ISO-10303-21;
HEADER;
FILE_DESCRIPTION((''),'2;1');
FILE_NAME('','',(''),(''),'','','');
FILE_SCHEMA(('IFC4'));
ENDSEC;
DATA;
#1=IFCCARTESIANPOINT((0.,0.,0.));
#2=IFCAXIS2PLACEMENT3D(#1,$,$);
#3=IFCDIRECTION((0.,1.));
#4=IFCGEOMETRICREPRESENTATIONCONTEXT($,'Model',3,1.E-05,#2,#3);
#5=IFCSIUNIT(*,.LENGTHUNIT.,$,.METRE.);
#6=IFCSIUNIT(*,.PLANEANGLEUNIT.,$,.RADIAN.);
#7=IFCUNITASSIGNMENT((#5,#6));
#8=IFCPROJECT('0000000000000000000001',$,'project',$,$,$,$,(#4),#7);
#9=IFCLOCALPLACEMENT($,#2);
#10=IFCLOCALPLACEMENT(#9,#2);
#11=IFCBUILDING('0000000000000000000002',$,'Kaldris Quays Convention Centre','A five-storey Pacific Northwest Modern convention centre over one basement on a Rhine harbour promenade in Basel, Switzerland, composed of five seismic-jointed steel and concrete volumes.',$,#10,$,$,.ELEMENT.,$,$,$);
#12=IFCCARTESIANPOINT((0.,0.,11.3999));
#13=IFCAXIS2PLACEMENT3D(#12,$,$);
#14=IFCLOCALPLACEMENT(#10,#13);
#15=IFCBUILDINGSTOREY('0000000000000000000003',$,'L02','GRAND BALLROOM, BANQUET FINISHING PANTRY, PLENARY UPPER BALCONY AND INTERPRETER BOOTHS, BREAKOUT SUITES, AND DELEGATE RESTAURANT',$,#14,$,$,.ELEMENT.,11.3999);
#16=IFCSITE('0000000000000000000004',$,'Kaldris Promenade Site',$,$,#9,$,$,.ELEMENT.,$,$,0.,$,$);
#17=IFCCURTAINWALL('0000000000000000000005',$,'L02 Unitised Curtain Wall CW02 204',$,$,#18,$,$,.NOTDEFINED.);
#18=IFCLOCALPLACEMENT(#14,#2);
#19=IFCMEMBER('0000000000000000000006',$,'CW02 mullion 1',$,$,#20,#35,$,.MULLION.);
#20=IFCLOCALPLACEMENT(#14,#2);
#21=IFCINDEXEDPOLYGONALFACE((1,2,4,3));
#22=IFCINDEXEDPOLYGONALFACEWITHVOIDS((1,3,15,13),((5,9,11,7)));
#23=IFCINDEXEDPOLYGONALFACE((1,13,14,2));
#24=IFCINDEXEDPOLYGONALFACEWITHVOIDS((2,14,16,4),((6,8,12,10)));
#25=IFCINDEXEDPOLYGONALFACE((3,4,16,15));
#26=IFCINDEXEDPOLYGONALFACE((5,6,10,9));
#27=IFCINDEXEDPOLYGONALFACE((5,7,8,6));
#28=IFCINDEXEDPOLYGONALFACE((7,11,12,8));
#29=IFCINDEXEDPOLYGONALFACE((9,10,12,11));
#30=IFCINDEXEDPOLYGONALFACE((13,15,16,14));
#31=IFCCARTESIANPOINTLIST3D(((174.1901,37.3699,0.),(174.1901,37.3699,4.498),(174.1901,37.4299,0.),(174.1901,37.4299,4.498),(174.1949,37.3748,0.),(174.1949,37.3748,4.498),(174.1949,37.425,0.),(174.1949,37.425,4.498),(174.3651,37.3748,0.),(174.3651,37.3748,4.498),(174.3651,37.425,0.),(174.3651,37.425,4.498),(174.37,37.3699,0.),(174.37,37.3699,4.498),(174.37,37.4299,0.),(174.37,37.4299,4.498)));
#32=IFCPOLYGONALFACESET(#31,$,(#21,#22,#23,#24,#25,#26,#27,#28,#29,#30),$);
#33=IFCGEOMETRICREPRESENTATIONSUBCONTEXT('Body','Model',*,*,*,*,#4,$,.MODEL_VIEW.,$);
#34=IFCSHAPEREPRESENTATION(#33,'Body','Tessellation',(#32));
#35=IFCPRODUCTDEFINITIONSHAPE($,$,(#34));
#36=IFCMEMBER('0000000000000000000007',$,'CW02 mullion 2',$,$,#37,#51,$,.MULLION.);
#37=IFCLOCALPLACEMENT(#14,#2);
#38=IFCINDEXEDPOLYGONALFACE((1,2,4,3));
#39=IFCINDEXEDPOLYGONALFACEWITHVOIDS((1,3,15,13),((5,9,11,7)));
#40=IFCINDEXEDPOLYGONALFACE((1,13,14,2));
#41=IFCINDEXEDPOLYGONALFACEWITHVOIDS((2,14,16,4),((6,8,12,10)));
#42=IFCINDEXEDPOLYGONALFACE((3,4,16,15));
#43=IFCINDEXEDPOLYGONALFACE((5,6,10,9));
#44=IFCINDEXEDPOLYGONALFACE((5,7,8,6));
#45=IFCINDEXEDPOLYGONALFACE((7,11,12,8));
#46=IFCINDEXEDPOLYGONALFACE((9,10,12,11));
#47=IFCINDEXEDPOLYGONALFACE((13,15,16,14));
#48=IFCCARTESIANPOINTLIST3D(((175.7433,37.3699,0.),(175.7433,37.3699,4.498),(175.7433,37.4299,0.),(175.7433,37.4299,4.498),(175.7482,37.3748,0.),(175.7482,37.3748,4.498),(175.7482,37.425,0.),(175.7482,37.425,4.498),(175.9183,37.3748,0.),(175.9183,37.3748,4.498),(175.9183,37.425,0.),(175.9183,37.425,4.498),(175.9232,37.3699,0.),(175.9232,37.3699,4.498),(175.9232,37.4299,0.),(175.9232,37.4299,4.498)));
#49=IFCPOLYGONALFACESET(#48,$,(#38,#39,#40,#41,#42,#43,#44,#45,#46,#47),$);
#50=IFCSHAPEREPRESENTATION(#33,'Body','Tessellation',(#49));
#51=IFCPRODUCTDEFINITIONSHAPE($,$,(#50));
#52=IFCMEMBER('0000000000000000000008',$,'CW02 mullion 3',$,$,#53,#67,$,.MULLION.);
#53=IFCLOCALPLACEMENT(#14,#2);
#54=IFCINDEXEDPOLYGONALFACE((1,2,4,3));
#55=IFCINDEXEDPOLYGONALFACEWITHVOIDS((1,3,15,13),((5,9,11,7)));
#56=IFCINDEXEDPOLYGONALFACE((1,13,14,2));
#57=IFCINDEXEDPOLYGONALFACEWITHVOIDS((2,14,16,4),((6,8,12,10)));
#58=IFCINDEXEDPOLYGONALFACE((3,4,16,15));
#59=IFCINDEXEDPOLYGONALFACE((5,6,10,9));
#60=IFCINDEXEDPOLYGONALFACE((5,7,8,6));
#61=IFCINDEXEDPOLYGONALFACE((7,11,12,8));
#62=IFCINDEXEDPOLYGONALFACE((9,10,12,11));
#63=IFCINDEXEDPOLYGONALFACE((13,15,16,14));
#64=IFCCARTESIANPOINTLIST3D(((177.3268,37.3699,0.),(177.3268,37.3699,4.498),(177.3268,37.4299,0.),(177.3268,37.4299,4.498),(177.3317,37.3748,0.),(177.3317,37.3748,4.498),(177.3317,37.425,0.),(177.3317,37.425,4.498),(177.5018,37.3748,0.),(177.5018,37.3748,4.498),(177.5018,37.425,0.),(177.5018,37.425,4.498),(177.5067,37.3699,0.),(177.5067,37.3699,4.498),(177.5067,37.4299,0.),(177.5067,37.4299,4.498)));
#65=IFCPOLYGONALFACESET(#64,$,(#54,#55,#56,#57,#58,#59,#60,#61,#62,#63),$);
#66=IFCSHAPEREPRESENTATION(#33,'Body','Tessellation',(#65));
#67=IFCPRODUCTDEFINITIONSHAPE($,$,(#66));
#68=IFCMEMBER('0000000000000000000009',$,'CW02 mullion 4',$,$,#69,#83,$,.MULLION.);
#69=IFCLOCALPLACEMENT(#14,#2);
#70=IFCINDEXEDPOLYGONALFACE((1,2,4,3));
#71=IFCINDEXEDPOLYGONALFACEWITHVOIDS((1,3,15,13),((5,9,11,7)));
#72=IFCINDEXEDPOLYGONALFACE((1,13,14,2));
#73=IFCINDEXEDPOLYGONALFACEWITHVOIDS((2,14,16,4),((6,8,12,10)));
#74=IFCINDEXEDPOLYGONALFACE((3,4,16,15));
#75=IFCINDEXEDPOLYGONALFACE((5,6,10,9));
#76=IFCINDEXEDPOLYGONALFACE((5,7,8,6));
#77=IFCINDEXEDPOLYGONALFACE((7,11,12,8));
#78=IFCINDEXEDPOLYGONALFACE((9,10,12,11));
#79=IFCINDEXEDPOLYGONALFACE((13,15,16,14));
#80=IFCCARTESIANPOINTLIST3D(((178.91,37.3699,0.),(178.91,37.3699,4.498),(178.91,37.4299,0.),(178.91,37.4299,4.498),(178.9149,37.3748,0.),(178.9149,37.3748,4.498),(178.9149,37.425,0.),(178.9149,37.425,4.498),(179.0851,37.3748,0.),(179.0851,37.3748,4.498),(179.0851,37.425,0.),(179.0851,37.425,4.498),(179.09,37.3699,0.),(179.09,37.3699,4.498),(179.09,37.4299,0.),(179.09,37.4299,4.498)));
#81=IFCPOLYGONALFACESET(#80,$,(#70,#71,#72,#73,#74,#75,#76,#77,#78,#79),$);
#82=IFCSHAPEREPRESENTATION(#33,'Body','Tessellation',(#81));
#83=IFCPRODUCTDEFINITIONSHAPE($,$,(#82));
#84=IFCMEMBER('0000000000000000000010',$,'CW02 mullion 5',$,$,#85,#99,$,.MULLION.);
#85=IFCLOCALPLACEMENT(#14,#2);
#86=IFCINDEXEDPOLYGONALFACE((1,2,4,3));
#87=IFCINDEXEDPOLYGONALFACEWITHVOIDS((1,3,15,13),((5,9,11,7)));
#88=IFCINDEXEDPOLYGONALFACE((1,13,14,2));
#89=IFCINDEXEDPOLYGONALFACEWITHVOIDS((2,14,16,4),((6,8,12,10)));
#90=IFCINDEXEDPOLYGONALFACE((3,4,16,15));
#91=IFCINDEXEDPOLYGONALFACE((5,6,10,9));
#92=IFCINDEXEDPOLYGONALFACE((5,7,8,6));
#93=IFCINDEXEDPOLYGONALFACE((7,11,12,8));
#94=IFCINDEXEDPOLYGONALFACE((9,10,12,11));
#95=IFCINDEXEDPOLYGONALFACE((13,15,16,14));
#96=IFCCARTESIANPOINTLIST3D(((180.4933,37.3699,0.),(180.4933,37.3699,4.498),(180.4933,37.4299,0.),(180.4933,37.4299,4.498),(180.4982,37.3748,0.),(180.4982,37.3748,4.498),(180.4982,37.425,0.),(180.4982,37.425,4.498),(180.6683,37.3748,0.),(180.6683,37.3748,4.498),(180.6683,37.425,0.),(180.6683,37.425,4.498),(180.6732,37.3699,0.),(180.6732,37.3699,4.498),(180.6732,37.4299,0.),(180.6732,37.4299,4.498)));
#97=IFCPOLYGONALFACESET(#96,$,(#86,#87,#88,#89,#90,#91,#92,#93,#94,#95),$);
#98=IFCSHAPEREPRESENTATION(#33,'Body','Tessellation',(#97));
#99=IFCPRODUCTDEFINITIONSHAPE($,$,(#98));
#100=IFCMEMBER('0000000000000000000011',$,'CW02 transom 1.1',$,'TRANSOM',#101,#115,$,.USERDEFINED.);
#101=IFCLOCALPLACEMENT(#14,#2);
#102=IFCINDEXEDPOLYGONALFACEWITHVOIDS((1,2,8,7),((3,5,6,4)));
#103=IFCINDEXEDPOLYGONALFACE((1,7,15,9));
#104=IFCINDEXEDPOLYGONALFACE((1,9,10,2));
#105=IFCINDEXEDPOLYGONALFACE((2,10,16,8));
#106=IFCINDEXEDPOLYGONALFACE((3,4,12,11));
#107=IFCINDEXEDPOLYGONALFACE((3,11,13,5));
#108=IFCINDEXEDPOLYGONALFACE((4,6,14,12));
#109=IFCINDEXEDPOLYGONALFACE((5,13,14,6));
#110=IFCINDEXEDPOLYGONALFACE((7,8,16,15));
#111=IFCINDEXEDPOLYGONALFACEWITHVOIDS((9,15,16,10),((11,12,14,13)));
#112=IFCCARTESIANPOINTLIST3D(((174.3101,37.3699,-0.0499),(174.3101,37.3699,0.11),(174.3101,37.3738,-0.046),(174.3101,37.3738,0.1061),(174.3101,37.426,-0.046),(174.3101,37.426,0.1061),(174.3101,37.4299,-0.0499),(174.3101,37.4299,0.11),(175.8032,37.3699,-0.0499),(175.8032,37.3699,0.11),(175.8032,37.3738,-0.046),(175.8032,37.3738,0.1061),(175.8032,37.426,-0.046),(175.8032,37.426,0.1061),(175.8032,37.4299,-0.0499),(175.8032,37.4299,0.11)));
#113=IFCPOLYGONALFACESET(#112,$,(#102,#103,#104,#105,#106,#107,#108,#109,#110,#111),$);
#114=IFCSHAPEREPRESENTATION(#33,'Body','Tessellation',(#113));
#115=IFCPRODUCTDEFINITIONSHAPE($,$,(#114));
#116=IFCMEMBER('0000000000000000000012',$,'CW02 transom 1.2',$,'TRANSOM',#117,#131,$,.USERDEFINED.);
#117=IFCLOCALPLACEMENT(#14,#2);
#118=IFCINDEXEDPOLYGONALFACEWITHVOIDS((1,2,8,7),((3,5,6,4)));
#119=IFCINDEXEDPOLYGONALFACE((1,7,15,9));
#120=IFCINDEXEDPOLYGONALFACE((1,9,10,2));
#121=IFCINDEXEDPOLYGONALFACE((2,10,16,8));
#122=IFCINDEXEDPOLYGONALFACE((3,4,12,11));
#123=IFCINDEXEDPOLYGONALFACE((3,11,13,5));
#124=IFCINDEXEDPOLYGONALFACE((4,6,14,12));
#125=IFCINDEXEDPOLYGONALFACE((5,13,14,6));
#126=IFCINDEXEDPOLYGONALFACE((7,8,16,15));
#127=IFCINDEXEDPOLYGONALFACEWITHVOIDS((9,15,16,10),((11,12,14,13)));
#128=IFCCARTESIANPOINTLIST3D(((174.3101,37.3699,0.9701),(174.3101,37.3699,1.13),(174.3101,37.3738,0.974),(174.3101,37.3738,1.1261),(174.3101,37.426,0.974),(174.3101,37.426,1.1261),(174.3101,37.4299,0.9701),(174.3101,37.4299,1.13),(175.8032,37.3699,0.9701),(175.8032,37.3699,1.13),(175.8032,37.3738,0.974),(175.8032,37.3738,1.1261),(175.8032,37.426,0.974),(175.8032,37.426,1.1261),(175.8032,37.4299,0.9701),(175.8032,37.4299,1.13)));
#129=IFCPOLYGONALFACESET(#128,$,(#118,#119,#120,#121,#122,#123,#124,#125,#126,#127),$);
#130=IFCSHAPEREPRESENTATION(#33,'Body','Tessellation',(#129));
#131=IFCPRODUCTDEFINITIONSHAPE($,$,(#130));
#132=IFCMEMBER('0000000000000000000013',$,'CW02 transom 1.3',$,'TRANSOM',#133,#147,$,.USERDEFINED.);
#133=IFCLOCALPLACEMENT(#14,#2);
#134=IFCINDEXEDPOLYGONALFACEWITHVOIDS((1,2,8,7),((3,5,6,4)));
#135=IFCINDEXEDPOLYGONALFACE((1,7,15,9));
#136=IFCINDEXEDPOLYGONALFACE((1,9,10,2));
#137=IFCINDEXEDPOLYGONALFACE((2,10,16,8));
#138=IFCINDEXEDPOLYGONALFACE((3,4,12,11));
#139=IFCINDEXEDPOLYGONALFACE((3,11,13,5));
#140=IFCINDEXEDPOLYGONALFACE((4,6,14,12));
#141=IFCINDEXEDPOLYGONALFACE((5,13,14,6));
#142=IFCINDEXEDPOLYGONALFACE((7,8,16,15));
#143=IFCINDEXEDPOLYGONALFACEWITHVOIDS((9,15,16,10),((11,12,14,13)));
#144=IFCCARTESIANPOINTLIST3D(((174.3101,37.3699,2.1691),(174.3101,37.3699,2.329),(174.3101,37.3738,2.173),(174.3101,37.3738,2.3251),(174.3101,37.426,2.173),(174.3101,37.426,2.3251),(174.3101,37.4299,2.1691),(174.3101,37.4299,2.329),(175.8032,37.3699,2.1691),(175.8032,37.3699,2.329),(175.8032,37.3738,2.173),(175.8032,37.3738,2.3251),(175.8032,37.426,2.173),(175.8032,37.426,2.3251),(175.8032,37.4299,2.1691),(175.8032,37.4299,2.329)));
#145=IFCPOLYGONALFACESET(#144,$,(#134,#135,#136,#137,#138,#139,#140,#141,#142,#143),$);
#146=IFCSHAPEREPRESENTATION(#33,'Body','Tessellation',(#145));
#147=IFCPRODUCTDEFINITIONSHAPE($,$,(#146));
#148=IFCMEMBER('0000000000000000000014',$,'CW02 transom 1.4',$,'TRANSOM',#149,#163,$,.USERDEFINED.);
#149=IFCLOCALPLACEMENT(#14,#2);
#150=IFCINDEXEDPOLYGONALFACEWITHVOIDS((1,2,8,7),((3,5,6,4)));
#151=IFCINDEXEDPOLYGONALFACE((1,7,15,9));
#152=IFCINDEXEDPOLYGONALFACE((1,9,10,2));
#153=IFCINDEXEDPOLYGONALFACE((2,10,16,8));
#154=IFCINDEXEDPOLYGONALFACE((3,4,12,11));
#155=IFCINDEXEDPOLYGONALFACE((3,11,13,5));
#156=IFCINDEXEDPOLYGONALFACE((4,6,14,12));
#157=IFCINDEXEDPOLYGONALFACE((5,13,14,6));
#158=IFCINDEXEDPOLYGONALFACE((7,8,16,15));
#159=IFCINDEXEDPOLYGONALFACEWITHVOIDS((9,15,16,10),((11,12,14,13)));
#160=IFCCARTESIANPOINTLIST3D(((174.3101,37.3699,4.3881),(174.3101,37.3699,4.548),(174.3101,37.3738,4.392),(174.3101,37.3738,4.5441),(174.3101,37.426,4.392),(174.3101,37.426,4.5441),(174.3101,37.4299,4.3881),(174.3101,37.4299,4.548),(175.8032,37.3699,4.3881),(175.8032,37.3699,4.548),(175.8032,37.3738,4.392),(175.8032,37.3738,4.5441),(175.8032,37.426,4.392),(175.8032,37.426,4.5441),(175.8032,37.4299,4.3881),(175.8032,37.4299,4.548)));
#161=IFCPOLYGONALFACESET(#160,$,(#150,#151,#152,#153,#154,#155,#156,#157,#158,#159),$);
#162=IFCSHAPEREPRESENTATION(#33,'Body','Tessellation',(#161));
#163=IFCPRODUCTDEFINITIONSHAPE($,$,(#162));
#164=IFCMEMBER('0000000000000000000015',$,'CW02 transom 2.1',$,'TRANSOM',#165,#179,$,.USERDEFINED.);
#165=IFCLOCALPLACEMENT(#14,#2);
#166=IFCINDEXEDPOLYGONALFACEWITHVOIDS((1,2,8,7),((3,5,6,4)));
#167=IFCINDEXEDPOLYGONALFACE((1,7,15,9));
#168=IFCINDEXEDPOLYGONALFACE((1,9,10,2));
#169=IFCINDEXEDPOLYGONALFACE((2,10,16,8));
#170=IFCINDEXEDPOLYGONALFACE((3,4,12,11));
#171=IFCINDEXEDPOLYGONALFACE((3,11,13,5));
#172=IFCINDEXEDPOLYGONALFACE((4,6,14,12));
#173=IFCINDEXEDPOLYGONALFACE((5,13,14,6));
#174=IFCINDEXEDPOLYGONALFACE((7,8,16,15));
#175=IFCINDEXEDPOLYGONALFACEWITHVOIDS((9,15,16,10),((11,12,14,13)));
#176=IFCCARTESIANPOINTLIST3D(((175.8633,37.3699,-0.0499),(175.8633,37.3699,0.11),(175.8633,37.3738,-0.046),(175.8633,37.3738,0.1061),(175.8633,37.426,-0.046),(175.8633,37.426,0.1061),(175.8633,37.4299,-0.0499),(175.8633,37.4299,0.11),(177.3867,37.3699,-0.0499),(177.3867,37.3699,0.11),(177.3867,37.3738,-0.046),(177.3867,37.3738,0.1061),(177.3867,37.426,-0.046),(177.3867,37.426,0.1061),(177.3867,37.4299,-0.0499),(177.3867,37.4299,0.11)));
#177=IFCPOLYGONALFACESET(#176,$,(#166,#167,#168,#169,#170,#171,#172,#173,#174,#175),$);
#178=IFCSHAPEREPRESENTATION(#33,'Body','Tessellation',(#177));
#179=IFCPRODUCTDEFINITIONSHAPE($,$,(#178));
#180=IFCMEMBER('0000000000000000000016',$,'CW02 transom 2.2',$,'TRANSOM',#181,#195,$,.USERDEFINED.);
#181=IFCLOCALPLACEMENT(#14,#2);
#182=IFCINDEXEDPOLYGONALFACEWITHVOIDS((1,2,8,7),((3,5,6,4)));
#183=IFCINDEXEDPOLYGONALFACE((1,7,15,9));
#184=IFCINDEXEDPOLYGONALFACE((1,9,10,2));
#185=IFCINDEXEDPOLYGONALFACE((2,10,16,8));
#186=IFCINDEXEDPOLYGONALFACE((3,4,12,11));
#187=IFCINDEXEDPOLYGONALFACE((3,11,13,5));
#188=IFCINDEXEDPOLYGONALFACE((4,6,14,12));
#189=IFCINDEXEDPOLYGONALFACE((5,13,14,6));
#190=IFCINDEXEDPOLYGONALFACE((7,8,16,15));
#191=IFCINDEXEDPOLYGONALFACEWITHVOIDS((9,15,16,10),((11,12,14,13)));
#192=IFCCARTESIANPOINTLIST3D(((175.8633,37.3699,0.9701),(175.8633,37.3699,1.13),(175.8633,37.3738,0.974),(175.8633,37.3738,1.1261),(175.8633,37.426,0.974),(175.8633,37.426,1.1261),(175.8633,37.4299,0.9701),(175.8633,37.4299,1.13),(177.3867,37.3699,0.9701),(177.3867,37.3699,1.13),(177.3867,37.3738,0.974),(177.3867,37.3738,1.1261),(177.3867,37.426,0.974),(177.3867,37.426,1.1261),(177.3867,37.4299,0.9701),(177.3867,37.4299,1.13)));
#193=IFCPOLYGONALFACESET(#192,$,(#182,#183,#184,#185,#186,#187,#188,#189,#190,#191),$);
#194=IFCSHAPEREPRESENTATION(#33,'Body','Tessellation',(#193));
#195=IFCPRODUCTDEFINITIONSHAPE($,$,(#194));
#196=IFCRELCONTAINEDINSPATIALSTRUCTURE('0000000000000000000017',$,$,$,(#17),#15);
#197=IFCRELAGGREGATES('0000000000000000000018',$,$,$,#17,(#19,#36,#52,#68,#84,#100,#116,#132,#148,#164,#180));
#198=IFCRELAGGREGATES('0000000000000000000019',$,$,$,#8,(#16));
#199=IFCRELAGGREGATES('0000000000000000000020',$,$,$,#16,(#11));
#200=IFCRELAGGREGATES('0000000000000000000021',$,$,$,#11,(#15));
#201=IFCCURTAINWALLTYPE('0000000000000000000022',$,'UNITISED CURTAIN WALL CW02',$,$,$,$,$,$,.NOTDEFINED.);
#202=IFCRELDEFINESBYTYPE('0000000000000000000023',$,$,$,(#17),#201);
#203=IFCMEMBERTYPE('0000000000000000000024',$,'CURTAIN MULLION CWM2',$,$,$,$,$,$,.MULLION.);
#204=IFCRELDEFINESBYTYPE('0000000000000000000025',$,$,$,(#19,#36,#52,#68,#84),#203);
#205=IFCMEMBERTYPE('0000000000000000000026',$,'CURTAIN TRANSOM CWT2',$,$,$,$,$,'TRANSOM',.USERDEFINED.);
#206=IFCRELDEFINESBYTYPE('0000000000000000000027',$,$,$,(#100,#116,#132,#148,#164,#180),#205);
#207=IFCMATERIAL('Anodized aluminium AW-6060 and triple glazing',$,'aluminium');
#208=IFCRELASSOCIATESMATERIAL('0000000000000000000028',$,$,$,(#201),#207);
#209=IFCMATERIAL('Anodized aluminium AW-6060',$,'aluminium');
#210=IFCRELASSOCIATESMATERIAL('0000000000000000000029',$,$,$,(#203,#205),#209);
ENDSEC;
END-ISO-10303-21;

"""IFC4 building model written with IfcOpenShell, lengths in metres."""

from ifc_helpers import new_model, si_unit, direction, frame, origin, origin_2d, place, context, subcontext, project, spatial, hollow_rectangle, extrude, material, material_profile, profile_set, type_object, element, aggregate, save


model = new_model("IFC4")

# Units and contexts
model_context = context("Model", 3, precision=1e-05, world=origin(), true_north=direction((0.0, 1.0)))
body_context = subcontext(model_context, "Body", "Model", "MODEL_VIEW")
ifc_project = project(units=[si_unit("LENGTHUNIT", "METRE"), si_unit("PLANEANGLEUNIT", "RADIAN")], contexts=[model_context])

# Site, building, storey
site_placement = place(None, origin())
site = spatial("IfcSite", under=ifc_project, at=site_placement, Name="Kaldris Promenade Site", CompositionType="ELEMENT", RefElevation=0.0)
building_placement = place(site_placement, origin())
building = spatial("IfcBuilding", under=site, at=building_placement, Name="Kaldris Quays Convention Centre", Description="A five-storey Pacific Northwest Modern convention centre over one basement on a Rhine harbour promenade in Basel, Switzerland, composed of five seismic-jointed steel and concrete volumes.", CompositionType="ELEMENT")
storey_placement = place(building_placement, frame((0.0, 0.0, 11.3999)))
storey = spatial("IfcBuildingStorey", under=building, at=storey_placement, Name="L02", Description="GRAND BALLROOM, BANQUET FINISHING PANTRY, PLENARY UPPER BALCONY AND INTERPRETER BOOTHS, BREAKOUT SUITES, AND DELEGATE RESTAURANT", CompositionType="ELEMENT", Elevation=11.3999)

# Curtain wall, members
ifc_material_1 = material(Name="Anodized aluminium AW-6060 and triple glazing", Category="aluminium")
curtain_wall_type = type_object("IfcCurtainWallType", Name="UNITISED CURTAIN WALL CW02", PredefinedType="NOTDEFINED", material=ifc_material_1)
curtain_wall_placement = place(storey_placement, origin())
curtain_wall = element("IfcCurtainWall", 1, at=curtain_wall_placement, inside=storey, type_object=curtain_wall_type, Name="L02 Unitised Curtain Wall CW02 204", PredefinedType="NOTDEFINED")
ifc_material_2 = material(Name="Anodized aluminium AW-6060", Category="aluminium")
ifc_material_profile_1 = material_profile(ifc_material_2, hollow_rectangle(XDim=0.0601, YDim=0.1799, WallThickness=0.0049, at=origin_2d()), Name="RHS 180x60x5")
ifc_profile_set_1 = profile_set([ifc_material_profile_1], Name="Anodized aluminium AW-6060")
member_type_1 = type_object("IfcMemberType", Name="CURTAIN MULLION CWM2", PredefinedType="MULLION", material=ifc_profile_set_1)
member_1_placement = place(storey_placement, frame((174.28, 37.3999, 0.0), z_axis=(0.0, 0.0, 1.0), x_axis=(0.0, 1.0, 0.0)))
member_1 = element("IfcMember", 2, at=member_1_placement, type_object=member_type_1, Name="CW02 mullion 1", PredefinedType="MULLION", context=body_context, shape_type="SweptSolid", body=[
    extrude(hollow_rectangle(XDim=0.0601, YDim=0.1799, WallThickness=0.0049, at=origin_2d()), origin(), (0.0, 0.0, 1.0), 4.498),
])
member_2_placement = place(storey_placement, frame((175.8333, 37.3999, 0.0), z_axis=(0.0, 0.0, 1.0), x_axis=(0.0, 1.0, 0.0)))
member_2 = element("IfcMember", 3, at=member_2_placement, type_object=member_type_1, Name="CW02 mullion 2", PredefinedType="MULLION", context=body_context, shape_type="SweptSolid", body=[
    extrude(hollow_rectangle(XDim=0.0601, YDim=0.1799, WallThickness=0.0049, at=origin_2d()), origin(), (0.0, 0.0, 1.0), 4.498),
])
member_3_placement = place(storey_placement, frame((177.4167, 37.3999, 0.0), z_axis=(0.0, 0.0, 1.0), x_axis=(0.0, 1.0, 0.0)))
member_3 = element("IfcMember", 4, at=member_3_placement, type_object=member_type_1, Name="CW02 mullion 3", PredefinedType="MULLION", context=body_context, shape_type="SweptSolid", body=[
    extrude(hollow_rectangle(XDim=0.0601, YDim=0.1799, WallThickness=0.0049, at=origin_2d()), origin(), (0.0, 0.0, 1.0), 4.498),
])
member_4_placement = place(storey_placement, frame((179.0, 37.3999, 0.0), z_axis=(0.0, 0.0, 1.0), x_axis=(0.0, 1.0, 0.0)))
member_4 = element("IfcMember", 5, at=member_4_placement, type_object=member_type_1, Name="CW02 mullion 4", PredefinedType="MULLION", context=body_context, shape_type="SweptSolid", body=[
    extrude(hollow_rectangle(XDim=0.0601, YDim=0.1799, WallThickness=0.0049, at=origin_2d()), origin(), (0.0, 0.0, 1.0), 4.498),
])
member_5_placement = place(storey_placement, frame((180.5833, 37.3999, 0.0), z_axis=(0.0, 0.0, 1.0), x_axis=(0.0, 1.0, 0.0)))
member_5 = element("IfcMember", 6, at=member_5_placement, type_object=member_type_1, Name="CW02 mullion 5", PredefinedType="MULLION", context=body_context, shape_type="SweptSolid", body=[
    extrude(hollow_rectangle(XDim=0.0601, YDim=0.1799, WallThickness=0.0049, at=origin_2d()), origin(), (0.0, 0.0, 1.0), 4.498),
])
ifc_material_profile_2 = material_profile(ifc_material_2, hollow_rectangle(XDim=0.0601, YDim=0.1599, WallThickness=0.0039, at=origin_2d()), Name="RHS 160x60x4")
ifc_profile_set_2 = profile_set([ifc_material_profile_2], Name="Anodized aluminium AW-6060")
member_type_2 = type_object("IfcMemberType", Name="CURTAIN TRANSOM CWT2", ElementType="TRANSOM", PredefinedType="USERDEFINED", material=ifc_profile_set_2)
member_6_placement = place(storey_placement, frame((174.3101, 37.3999, 0.03), z_axis=(1.0, 0.0, 0.0), x_axis=(0.0, 1.0, 0.0)))
member_6 = element("IfcMember", 7, at=member_6_placement, type_object=member_type_2, Name="CW02 transom 1.1", ObjectType="TRANSOM", PredefinedType="USERDEFINED", context=body_context, shape_type="SweptSolid", body=[
    extrude(hollow_rectangle(XDim=0.0601, YDim=0.1599, WallThickness=0.0039, at=origin_2d()), origin(), (0.0, 0.0, 1.0), 1.4932),
])
member_7_placement = place(storey_placement, frame((174.3101, 37.3999, 1.05), z_axis=(1.0, 0.0, 0.0), x_axis=(0.0, 1.0, 0.0)))
member_7 = element("IfcMember", 8, at=member_7_placement, type_object=member_type_2, Name="CW02 transom 1.2", ObjectType="TRANSOM", PredefinedType="USERDEFINED", context=body_context, shape_type="SweptSolid", body=[
    extrude(hollow_rectangle(XDim=0.0601, YDim=0.1599, WallThickness=0.0039, at=origin_2d()), origin(), (0.0, 0.0, 1.0), 1.4932),
])
member_8_placement = place(storey_placement, frame((174.3101, 37.3999, 2.249), z_axis=(1.0, 0.0, 0.0), x_axis=(0.0, 1.0, 0.0)))
member_8 = element("IfcMember", 9, at=member_8_placement, type_object=member_type_2, Name="CW02 transom 1.3", ObjectType="TRANSOM", PredefinedType="USERDEFINED", context=body_context, shape_type="SweptSolid", body=[
    extrude(hollow_rectangle(XDim=0.0601, YDim=0.1599, WallThickness=0.0039, at=origin_2d()), origin(), (0.0, 0.0, 1.0), 1.4932),
])
member_9_placement = place(storey_placement, frame((174.3101, 37.3999, 4.468), z_axis=(1.0, 0.0, 0.0), x_axis=(0.0, 1.0, 0.0)))
member_9 = element("IfcMember", 10, at=member_9_placement, type_object=member_type_2, Name="CW02 transom 1.4", ObjectType="TRANSOM", PredefinedType="USERDEFINED", context=body_context, shape_type="SweptSolid", body=[
    extrude(hollow_rectangle(XDim=0.0601, YDim=0.1599, WallThickness=0.0039, at=origin_2d()), origin(), (0.0, 0.0, 1.0), 1.4932),
])
member_10_placement = place(storey_placement, frame((175.8633, 37.3999, 0.03), z_axis=(1.0, 0.0, 0.0), x_axis=(0.0, 1.0, 0.0)))
member_10 = element("IfcMember", 11, at=member_10_placement, type_object=member_type_2, Name="CW02 transom 2.1", ObjectType="TRANSOM", PredefinedType="USERDEFINED", context=body_context, shape_type="SweptSolid", body=[
    extrude(hollow_rectangle(XDim=0.0601, YDim=0.1599, WallThickness=0.0039, at=origin_2d()), origin(), (0.0, 0.0, 1.0), 1.5234),
])
member_11_placement = place(storey_placement, frame((175.8633, 37.3999, 1.05), z_axis=(1.0, 0.0, 0.0), x_axis=(0.0, 1.0, 0.0)))
member_11 = element("IfcMember", 12, at=member_11_placement, type_object=member_type_2, Name="CW02 transom 2.2", ObjectType="TRANSOM", PredefinedType="USERDEFINED", context=body_context, shape_type="SweptSolid", body=[
    extrude(hollow_rectangle(XDim=0.0601, YDim=0.1599, WallThickness=0.0039, at=origin_2d()), origin(), (0.0, 0.0, 1.0), 1.5234),
])

aggregate(curtain_wall, [member_1, member_2, member_3, member_4, member_5, member_6, member_7, member_8, member_9, member_10, member_11])

save(model, "model.ifc")
